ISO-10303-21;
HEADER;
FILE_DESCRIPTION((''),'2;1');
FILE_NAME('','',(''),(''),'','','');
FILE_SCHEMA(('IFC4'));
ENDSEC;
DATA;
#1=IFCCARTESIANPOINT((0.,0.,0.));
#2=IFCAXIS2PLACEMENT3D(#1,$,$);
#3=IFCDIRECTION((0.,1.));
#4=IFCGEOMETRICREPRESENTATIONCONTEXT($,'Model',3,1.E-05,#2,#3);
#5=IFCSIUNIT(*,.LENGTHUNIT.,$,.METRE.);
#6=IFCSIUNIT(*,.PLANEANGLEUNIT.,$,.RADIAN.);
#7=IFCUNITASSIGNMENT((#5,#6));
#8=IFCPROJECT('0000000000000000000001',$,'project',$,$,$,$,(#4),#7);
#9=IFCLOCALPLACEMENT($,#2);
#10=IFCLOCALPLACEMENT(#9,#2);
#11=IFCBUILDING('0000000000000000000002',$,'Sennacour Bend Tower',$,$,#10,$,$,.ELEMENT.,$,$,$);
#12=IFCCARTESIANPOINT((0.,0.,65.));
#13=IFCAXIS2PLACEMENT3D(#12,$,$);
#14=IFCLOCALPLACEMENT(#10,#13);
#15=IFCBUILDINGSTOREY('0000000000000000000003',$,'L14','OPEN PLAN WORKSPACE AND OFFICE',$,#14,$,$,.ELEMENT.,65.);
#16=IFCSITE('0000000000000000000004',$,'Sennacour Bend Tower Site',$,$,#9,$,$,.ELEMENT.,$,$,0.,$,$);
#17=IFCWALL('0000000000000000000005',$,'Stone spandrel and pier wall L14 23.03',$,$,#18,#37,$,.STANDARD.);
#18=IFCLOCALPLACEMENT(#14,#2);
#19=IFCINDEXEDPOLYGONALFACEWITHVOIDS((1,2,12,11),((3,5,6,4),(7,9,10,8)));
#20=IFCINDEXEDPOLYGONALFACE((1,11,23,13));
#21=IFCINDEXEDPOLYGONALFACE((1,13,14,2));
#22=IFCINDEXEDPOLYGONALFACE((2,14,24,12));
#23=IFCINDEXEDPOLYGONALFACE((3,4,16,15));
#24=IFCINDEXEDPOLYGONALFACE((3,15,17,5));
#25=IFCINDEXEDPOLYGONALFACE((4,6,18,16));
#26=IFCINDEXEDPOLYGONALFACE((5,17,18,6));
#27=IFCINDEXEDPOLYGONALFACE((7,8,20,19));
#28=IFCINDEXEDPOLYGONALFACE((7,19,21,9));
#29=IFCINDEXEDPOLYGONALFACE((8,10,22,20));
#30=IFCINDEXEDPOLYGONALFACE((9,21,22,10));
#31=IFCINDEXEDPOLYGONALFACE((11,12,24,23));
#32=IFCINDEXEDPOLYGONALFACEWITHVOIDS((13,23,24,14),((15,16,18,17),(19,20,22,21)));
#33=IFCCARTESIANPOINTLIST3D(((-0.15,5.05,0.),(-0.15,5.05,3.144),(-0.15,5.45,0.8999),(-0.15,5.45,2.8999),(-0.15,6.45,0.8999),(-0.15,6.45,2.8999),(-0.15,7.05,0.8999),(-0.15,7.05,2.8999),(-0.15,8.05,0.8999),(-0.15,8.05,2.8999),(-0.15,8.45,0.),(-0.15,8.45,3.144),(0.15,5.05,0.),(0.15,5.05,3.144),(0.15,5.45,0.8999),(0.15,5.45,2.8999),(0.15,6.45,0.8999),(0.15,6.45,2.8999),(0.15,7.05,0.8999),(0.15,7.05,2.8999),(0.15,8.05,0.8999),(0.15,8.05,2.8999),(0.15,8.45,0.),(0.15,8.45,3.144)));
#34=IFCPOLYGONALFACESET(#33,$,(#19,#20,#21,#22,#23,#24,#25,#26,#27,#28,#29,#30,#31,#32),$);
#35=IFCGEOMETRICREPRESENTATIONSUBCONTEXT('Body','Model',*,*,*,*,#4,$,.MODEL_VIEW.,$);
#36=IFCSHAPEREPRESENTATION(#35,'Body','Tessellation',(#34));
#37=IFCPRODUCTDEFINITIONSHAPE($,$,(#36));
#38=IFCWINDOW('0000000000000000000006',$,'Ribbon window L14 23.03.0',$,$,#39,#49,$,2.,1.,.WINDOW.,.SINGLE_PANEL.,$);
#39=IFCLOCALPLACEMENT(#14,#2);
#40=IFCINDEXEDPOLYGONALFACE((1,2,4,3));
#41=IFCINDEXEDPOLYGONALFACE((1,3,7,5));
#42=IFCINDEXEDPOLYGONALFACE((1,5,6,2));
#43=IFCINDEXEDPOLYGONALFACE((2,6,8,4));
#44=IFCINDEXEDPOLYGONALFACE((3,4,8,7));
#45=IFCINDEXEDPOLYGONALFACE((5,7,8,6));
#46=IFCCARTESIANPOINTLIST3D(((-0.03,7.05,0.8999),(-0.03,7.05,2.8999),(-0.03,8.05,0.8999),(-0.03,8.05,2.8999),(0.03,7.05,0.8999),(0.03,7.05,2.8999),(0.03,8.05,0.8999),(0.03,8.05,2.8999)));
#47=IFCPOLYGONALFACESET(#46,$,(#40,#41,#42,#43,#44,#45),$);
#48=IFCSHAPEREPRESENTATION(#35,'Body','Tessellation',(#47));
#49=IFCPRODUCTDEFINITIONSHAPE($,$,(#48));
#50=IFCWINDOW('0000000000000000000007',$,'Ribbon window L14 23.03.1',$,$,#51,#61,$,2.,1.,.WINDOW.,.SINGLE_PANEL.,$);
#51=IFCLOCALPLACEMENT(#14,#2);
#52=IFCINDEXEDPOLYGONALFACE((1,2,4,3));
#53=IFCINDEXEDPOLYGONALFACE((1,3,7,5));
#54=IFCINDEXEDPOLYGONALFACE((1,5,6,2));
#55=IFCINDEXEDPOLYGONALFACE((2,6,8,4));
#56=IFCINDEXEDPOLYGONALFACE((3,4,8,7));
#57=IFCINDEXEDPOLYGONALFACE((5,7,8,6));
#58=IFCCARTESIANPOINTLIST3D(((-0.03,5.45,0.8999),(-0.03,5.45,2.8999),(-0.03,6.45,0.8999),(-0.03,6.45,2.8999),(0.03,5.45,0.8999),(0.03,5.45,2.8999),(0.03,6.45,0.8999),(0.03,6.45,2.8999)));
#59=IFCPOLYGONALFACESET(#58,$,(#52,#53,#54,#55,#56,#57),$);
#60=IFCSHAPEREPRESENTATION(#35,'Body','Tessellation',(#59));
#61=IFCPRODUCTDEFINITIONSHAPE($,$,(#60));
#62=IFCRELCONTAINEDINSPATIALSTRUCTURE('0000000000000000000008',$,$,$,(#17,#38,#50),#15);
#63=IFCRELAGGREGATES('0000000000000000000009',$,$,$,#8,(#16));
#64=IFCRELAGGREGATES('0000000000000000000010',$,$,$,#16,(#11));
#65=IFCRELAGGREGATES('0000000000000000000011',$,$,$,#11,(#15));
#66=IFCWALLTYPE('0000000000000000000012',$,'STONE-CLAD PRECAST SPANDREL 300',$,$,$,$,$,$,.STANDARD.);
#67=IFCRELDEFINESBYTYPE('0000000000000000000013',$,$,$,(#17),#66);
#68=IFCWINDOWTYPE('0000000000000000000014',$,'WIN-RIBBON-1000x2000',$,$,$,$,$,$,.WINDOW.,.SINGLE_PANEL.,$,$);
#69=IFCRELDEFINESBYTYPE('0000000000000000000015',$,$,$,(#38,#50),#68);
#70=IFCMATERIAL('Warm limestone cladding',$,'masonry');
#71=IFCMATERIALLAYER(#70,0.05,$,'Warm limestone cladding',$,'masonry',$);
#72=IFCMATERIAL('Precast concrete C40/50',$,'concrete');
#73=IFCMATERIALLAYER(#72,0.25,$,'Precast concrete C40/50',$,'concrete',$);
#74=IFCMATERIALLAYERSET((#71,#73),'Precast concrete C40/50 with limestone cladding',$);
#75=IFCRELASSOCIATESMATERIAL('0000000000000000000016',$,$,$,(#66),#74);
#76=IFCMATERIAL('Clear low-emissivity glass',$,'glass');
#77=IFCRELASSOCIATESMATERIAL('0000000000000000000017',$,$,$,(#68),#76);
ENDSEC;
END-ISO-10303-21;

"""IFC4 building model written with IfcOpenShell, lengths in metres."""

from ifc_helpers import new_model, si_unit, direction, frame, frame_2d, origin, place, context, subcontext, project, spatial, rectangle, extrude, material, layer, layer_set, type_object, element, fill, save


model = new_model("IFC4")

# Units and contexts
model_context = context("Model", 3, precision=1e-05, world=origin(), true_north=direction((0.0, 1.0)))
body_context = subcontext(model_context, "Body", "Model", "MODEL_VIEW")
ifc_project = project(units=[si_unit("LENGTHUNIT", "METRE"), si_unit("PLANEANGLEUNIT", "RADIAN")], contexts=[model_context])

# Site, building, storey
site_placement = place(None, origin())
site = spatial("IfcSite", under=ifc_project, at=site_placement, Name="Sennacour Bend Tower Site", CompositionType="ELEMENT", RefElevation=0.0)
building_placement = place(site_placement, origin())
building = spatial("IfcBuilding", under=site, at=building_placement, Name="Sennacour Bend Tower", CompositionType="ELEMENT")
storey_placement = place(building_placement, frame((0.0, 0.0, 65.0)))
storey = spatial("IfcBuildingStorey", under=building, at=storey_placement, Name="L14", Description="OPEN PLAN WORKSPACE AND OFFICE", CompositionType="ELEMENT", Elevation=65.0)

# Wall, openings, windows
ifc_material_1 = material(Name="Warm limestone cladding", Category="masonry")
ifc_layer_1 = layer(ifc_material_1, 0.05, Name="Warm limestone cladding", Category="masonry")
ifc_material_2 = material(Name="Precast concrete C40/50", Category="concrete")
ifc_layer_2 = layer(ifc_material_2, 0.25, Name="Precast concrete C40/50", Category="concrete")
ifc_layer_set = layer_set([ifc_layer_1, ifc_layer_2], Name="Precast concrete C40/50 with limestone cladding")
wall_type = type_object("IfcWallType", Name="STONE-CLAD PRECAST SPANDREL 300", PredefinedType="STANDARD", material=ifc_layer_set)
ifc_material_3 = material(Name="Clear low-emissivity glass", Category="glass")
window_type = type_object("IfcWindowType", Name="WIN-RIBBON-1000x2000", PartitioningType="SINGLE_PANEL", PredefinedType="WINDOW", material=ifc_material_3)
wall_1_placement = place(storey_placement, frame((0.0, 8.45, 0.0), z_axis=(0.0, 0.0, 1.0), x_axis=(0.0, -1.0, 0.0)))
wall_1 = element("IfcWall", 1, at=wall_1_placement, inside=storey, type_object=wall_type, Name="Stone spandrel and pier wall L14 23.03", PredefinedType="STANDARD", context=body_context, shape_type="SweptSolid", body=[
    extrude(rectangle(XDim=3.3999, YDim=0.3, at=frame_2d((1.7, 0.0))), origin(), (0.0, 0.0, 1.0), 3.144),
])
opening_1_placement = place(wall_1_placement, frame((0.3999, 0.0, 0.8999)))
opening_1 = element("IfcOpeningElement", 2, at=opening_1_placement, cuts=wall_1, PredefinedType="OPENING", context=body_context, shape_type="SweptSolid", body=[
    extrude(rectangle(XDim=1.0, YDim=2.0, at=frame_2d((0.5, 1.0))), frame((0.0, 0.1602, 0.0), z_axis=(0.0, -1.0, 0.0), x_axis=(1.0, 0.0, 0.0)), (0.0, 0.0, 1.0), 0.3201),
])
opening_2_placement = place(wall_1_placement, frame((2.0, 0.0, 0.8999)))
opening_2 = element("IfcOpeningElement", 3, at=opening_2_placement, cuts=wall_1, PredefinedType="OPENING", context=body_context, shape_type="SweptSolid", body=[
    extrude(rectangle(XDim=1.0, YDim=2.0, at=frame_2d((0.5, 1.0))), frame((0.0, 0.1602, 0.0), z_axis=(0.0, -1.0, 0.0), x_axis=(1.0, 0.0, 0.0)), (0.0, 0.0, 1.0), 0.3201),
])
window_1_placement = place(opening_1_placement, origin())
window_1 = element("IfcWindow", 4, at=window_1_placement, inside=storey, type_object=window_type, Name="Ribbon window L14 23.03.0", OverallHeight=2.0, OverallWidth=1.0, PartitioningType="SINGLE_PANEL", PredefinedType="WINDOW", context=body_context, shape_type="SweptSolid", body=[
    extrude(rectangle(XDim=1.0, YDim=2.0, at=frame_2d((0.5, 1.0))), frame((0.0, 0.03, 0.0), z_axis=(0.0, -1.0, 0.0), x_axis=(1.0, 0.0, 0.0)), (0.0, 0.0, 1.0), 0.0601),
])
fill(opening_1, window_1)
window_2_placement = place(opening_2_placement, origin())
window_2 = element("IfcWindow", 5, at=window_2_placement, inside=storey, type_object=window_type, Name="Ribbon window L14 23.03.1", OverallHeight=2.0, OverallWidth=1.0, PartitioningType="SINGLE_PANEL", PredefinedType="WINDOW", context=body_context, shape_type="SweptSolid", body=[
    extrude(rectangle(XDim=1.0, YDim=2.0, at=frame_2d((0.5, 1.0))), frame((0.0, 0.03, 0.0), z_axis=(0.0, -1.0, 0.0), x_axis=(1.0, 0.0, 0.0)), (0.0, 0.0, 1.0), 0.0601),
])
fill(opening_2, window_2)

save(model, "model.ifc")
